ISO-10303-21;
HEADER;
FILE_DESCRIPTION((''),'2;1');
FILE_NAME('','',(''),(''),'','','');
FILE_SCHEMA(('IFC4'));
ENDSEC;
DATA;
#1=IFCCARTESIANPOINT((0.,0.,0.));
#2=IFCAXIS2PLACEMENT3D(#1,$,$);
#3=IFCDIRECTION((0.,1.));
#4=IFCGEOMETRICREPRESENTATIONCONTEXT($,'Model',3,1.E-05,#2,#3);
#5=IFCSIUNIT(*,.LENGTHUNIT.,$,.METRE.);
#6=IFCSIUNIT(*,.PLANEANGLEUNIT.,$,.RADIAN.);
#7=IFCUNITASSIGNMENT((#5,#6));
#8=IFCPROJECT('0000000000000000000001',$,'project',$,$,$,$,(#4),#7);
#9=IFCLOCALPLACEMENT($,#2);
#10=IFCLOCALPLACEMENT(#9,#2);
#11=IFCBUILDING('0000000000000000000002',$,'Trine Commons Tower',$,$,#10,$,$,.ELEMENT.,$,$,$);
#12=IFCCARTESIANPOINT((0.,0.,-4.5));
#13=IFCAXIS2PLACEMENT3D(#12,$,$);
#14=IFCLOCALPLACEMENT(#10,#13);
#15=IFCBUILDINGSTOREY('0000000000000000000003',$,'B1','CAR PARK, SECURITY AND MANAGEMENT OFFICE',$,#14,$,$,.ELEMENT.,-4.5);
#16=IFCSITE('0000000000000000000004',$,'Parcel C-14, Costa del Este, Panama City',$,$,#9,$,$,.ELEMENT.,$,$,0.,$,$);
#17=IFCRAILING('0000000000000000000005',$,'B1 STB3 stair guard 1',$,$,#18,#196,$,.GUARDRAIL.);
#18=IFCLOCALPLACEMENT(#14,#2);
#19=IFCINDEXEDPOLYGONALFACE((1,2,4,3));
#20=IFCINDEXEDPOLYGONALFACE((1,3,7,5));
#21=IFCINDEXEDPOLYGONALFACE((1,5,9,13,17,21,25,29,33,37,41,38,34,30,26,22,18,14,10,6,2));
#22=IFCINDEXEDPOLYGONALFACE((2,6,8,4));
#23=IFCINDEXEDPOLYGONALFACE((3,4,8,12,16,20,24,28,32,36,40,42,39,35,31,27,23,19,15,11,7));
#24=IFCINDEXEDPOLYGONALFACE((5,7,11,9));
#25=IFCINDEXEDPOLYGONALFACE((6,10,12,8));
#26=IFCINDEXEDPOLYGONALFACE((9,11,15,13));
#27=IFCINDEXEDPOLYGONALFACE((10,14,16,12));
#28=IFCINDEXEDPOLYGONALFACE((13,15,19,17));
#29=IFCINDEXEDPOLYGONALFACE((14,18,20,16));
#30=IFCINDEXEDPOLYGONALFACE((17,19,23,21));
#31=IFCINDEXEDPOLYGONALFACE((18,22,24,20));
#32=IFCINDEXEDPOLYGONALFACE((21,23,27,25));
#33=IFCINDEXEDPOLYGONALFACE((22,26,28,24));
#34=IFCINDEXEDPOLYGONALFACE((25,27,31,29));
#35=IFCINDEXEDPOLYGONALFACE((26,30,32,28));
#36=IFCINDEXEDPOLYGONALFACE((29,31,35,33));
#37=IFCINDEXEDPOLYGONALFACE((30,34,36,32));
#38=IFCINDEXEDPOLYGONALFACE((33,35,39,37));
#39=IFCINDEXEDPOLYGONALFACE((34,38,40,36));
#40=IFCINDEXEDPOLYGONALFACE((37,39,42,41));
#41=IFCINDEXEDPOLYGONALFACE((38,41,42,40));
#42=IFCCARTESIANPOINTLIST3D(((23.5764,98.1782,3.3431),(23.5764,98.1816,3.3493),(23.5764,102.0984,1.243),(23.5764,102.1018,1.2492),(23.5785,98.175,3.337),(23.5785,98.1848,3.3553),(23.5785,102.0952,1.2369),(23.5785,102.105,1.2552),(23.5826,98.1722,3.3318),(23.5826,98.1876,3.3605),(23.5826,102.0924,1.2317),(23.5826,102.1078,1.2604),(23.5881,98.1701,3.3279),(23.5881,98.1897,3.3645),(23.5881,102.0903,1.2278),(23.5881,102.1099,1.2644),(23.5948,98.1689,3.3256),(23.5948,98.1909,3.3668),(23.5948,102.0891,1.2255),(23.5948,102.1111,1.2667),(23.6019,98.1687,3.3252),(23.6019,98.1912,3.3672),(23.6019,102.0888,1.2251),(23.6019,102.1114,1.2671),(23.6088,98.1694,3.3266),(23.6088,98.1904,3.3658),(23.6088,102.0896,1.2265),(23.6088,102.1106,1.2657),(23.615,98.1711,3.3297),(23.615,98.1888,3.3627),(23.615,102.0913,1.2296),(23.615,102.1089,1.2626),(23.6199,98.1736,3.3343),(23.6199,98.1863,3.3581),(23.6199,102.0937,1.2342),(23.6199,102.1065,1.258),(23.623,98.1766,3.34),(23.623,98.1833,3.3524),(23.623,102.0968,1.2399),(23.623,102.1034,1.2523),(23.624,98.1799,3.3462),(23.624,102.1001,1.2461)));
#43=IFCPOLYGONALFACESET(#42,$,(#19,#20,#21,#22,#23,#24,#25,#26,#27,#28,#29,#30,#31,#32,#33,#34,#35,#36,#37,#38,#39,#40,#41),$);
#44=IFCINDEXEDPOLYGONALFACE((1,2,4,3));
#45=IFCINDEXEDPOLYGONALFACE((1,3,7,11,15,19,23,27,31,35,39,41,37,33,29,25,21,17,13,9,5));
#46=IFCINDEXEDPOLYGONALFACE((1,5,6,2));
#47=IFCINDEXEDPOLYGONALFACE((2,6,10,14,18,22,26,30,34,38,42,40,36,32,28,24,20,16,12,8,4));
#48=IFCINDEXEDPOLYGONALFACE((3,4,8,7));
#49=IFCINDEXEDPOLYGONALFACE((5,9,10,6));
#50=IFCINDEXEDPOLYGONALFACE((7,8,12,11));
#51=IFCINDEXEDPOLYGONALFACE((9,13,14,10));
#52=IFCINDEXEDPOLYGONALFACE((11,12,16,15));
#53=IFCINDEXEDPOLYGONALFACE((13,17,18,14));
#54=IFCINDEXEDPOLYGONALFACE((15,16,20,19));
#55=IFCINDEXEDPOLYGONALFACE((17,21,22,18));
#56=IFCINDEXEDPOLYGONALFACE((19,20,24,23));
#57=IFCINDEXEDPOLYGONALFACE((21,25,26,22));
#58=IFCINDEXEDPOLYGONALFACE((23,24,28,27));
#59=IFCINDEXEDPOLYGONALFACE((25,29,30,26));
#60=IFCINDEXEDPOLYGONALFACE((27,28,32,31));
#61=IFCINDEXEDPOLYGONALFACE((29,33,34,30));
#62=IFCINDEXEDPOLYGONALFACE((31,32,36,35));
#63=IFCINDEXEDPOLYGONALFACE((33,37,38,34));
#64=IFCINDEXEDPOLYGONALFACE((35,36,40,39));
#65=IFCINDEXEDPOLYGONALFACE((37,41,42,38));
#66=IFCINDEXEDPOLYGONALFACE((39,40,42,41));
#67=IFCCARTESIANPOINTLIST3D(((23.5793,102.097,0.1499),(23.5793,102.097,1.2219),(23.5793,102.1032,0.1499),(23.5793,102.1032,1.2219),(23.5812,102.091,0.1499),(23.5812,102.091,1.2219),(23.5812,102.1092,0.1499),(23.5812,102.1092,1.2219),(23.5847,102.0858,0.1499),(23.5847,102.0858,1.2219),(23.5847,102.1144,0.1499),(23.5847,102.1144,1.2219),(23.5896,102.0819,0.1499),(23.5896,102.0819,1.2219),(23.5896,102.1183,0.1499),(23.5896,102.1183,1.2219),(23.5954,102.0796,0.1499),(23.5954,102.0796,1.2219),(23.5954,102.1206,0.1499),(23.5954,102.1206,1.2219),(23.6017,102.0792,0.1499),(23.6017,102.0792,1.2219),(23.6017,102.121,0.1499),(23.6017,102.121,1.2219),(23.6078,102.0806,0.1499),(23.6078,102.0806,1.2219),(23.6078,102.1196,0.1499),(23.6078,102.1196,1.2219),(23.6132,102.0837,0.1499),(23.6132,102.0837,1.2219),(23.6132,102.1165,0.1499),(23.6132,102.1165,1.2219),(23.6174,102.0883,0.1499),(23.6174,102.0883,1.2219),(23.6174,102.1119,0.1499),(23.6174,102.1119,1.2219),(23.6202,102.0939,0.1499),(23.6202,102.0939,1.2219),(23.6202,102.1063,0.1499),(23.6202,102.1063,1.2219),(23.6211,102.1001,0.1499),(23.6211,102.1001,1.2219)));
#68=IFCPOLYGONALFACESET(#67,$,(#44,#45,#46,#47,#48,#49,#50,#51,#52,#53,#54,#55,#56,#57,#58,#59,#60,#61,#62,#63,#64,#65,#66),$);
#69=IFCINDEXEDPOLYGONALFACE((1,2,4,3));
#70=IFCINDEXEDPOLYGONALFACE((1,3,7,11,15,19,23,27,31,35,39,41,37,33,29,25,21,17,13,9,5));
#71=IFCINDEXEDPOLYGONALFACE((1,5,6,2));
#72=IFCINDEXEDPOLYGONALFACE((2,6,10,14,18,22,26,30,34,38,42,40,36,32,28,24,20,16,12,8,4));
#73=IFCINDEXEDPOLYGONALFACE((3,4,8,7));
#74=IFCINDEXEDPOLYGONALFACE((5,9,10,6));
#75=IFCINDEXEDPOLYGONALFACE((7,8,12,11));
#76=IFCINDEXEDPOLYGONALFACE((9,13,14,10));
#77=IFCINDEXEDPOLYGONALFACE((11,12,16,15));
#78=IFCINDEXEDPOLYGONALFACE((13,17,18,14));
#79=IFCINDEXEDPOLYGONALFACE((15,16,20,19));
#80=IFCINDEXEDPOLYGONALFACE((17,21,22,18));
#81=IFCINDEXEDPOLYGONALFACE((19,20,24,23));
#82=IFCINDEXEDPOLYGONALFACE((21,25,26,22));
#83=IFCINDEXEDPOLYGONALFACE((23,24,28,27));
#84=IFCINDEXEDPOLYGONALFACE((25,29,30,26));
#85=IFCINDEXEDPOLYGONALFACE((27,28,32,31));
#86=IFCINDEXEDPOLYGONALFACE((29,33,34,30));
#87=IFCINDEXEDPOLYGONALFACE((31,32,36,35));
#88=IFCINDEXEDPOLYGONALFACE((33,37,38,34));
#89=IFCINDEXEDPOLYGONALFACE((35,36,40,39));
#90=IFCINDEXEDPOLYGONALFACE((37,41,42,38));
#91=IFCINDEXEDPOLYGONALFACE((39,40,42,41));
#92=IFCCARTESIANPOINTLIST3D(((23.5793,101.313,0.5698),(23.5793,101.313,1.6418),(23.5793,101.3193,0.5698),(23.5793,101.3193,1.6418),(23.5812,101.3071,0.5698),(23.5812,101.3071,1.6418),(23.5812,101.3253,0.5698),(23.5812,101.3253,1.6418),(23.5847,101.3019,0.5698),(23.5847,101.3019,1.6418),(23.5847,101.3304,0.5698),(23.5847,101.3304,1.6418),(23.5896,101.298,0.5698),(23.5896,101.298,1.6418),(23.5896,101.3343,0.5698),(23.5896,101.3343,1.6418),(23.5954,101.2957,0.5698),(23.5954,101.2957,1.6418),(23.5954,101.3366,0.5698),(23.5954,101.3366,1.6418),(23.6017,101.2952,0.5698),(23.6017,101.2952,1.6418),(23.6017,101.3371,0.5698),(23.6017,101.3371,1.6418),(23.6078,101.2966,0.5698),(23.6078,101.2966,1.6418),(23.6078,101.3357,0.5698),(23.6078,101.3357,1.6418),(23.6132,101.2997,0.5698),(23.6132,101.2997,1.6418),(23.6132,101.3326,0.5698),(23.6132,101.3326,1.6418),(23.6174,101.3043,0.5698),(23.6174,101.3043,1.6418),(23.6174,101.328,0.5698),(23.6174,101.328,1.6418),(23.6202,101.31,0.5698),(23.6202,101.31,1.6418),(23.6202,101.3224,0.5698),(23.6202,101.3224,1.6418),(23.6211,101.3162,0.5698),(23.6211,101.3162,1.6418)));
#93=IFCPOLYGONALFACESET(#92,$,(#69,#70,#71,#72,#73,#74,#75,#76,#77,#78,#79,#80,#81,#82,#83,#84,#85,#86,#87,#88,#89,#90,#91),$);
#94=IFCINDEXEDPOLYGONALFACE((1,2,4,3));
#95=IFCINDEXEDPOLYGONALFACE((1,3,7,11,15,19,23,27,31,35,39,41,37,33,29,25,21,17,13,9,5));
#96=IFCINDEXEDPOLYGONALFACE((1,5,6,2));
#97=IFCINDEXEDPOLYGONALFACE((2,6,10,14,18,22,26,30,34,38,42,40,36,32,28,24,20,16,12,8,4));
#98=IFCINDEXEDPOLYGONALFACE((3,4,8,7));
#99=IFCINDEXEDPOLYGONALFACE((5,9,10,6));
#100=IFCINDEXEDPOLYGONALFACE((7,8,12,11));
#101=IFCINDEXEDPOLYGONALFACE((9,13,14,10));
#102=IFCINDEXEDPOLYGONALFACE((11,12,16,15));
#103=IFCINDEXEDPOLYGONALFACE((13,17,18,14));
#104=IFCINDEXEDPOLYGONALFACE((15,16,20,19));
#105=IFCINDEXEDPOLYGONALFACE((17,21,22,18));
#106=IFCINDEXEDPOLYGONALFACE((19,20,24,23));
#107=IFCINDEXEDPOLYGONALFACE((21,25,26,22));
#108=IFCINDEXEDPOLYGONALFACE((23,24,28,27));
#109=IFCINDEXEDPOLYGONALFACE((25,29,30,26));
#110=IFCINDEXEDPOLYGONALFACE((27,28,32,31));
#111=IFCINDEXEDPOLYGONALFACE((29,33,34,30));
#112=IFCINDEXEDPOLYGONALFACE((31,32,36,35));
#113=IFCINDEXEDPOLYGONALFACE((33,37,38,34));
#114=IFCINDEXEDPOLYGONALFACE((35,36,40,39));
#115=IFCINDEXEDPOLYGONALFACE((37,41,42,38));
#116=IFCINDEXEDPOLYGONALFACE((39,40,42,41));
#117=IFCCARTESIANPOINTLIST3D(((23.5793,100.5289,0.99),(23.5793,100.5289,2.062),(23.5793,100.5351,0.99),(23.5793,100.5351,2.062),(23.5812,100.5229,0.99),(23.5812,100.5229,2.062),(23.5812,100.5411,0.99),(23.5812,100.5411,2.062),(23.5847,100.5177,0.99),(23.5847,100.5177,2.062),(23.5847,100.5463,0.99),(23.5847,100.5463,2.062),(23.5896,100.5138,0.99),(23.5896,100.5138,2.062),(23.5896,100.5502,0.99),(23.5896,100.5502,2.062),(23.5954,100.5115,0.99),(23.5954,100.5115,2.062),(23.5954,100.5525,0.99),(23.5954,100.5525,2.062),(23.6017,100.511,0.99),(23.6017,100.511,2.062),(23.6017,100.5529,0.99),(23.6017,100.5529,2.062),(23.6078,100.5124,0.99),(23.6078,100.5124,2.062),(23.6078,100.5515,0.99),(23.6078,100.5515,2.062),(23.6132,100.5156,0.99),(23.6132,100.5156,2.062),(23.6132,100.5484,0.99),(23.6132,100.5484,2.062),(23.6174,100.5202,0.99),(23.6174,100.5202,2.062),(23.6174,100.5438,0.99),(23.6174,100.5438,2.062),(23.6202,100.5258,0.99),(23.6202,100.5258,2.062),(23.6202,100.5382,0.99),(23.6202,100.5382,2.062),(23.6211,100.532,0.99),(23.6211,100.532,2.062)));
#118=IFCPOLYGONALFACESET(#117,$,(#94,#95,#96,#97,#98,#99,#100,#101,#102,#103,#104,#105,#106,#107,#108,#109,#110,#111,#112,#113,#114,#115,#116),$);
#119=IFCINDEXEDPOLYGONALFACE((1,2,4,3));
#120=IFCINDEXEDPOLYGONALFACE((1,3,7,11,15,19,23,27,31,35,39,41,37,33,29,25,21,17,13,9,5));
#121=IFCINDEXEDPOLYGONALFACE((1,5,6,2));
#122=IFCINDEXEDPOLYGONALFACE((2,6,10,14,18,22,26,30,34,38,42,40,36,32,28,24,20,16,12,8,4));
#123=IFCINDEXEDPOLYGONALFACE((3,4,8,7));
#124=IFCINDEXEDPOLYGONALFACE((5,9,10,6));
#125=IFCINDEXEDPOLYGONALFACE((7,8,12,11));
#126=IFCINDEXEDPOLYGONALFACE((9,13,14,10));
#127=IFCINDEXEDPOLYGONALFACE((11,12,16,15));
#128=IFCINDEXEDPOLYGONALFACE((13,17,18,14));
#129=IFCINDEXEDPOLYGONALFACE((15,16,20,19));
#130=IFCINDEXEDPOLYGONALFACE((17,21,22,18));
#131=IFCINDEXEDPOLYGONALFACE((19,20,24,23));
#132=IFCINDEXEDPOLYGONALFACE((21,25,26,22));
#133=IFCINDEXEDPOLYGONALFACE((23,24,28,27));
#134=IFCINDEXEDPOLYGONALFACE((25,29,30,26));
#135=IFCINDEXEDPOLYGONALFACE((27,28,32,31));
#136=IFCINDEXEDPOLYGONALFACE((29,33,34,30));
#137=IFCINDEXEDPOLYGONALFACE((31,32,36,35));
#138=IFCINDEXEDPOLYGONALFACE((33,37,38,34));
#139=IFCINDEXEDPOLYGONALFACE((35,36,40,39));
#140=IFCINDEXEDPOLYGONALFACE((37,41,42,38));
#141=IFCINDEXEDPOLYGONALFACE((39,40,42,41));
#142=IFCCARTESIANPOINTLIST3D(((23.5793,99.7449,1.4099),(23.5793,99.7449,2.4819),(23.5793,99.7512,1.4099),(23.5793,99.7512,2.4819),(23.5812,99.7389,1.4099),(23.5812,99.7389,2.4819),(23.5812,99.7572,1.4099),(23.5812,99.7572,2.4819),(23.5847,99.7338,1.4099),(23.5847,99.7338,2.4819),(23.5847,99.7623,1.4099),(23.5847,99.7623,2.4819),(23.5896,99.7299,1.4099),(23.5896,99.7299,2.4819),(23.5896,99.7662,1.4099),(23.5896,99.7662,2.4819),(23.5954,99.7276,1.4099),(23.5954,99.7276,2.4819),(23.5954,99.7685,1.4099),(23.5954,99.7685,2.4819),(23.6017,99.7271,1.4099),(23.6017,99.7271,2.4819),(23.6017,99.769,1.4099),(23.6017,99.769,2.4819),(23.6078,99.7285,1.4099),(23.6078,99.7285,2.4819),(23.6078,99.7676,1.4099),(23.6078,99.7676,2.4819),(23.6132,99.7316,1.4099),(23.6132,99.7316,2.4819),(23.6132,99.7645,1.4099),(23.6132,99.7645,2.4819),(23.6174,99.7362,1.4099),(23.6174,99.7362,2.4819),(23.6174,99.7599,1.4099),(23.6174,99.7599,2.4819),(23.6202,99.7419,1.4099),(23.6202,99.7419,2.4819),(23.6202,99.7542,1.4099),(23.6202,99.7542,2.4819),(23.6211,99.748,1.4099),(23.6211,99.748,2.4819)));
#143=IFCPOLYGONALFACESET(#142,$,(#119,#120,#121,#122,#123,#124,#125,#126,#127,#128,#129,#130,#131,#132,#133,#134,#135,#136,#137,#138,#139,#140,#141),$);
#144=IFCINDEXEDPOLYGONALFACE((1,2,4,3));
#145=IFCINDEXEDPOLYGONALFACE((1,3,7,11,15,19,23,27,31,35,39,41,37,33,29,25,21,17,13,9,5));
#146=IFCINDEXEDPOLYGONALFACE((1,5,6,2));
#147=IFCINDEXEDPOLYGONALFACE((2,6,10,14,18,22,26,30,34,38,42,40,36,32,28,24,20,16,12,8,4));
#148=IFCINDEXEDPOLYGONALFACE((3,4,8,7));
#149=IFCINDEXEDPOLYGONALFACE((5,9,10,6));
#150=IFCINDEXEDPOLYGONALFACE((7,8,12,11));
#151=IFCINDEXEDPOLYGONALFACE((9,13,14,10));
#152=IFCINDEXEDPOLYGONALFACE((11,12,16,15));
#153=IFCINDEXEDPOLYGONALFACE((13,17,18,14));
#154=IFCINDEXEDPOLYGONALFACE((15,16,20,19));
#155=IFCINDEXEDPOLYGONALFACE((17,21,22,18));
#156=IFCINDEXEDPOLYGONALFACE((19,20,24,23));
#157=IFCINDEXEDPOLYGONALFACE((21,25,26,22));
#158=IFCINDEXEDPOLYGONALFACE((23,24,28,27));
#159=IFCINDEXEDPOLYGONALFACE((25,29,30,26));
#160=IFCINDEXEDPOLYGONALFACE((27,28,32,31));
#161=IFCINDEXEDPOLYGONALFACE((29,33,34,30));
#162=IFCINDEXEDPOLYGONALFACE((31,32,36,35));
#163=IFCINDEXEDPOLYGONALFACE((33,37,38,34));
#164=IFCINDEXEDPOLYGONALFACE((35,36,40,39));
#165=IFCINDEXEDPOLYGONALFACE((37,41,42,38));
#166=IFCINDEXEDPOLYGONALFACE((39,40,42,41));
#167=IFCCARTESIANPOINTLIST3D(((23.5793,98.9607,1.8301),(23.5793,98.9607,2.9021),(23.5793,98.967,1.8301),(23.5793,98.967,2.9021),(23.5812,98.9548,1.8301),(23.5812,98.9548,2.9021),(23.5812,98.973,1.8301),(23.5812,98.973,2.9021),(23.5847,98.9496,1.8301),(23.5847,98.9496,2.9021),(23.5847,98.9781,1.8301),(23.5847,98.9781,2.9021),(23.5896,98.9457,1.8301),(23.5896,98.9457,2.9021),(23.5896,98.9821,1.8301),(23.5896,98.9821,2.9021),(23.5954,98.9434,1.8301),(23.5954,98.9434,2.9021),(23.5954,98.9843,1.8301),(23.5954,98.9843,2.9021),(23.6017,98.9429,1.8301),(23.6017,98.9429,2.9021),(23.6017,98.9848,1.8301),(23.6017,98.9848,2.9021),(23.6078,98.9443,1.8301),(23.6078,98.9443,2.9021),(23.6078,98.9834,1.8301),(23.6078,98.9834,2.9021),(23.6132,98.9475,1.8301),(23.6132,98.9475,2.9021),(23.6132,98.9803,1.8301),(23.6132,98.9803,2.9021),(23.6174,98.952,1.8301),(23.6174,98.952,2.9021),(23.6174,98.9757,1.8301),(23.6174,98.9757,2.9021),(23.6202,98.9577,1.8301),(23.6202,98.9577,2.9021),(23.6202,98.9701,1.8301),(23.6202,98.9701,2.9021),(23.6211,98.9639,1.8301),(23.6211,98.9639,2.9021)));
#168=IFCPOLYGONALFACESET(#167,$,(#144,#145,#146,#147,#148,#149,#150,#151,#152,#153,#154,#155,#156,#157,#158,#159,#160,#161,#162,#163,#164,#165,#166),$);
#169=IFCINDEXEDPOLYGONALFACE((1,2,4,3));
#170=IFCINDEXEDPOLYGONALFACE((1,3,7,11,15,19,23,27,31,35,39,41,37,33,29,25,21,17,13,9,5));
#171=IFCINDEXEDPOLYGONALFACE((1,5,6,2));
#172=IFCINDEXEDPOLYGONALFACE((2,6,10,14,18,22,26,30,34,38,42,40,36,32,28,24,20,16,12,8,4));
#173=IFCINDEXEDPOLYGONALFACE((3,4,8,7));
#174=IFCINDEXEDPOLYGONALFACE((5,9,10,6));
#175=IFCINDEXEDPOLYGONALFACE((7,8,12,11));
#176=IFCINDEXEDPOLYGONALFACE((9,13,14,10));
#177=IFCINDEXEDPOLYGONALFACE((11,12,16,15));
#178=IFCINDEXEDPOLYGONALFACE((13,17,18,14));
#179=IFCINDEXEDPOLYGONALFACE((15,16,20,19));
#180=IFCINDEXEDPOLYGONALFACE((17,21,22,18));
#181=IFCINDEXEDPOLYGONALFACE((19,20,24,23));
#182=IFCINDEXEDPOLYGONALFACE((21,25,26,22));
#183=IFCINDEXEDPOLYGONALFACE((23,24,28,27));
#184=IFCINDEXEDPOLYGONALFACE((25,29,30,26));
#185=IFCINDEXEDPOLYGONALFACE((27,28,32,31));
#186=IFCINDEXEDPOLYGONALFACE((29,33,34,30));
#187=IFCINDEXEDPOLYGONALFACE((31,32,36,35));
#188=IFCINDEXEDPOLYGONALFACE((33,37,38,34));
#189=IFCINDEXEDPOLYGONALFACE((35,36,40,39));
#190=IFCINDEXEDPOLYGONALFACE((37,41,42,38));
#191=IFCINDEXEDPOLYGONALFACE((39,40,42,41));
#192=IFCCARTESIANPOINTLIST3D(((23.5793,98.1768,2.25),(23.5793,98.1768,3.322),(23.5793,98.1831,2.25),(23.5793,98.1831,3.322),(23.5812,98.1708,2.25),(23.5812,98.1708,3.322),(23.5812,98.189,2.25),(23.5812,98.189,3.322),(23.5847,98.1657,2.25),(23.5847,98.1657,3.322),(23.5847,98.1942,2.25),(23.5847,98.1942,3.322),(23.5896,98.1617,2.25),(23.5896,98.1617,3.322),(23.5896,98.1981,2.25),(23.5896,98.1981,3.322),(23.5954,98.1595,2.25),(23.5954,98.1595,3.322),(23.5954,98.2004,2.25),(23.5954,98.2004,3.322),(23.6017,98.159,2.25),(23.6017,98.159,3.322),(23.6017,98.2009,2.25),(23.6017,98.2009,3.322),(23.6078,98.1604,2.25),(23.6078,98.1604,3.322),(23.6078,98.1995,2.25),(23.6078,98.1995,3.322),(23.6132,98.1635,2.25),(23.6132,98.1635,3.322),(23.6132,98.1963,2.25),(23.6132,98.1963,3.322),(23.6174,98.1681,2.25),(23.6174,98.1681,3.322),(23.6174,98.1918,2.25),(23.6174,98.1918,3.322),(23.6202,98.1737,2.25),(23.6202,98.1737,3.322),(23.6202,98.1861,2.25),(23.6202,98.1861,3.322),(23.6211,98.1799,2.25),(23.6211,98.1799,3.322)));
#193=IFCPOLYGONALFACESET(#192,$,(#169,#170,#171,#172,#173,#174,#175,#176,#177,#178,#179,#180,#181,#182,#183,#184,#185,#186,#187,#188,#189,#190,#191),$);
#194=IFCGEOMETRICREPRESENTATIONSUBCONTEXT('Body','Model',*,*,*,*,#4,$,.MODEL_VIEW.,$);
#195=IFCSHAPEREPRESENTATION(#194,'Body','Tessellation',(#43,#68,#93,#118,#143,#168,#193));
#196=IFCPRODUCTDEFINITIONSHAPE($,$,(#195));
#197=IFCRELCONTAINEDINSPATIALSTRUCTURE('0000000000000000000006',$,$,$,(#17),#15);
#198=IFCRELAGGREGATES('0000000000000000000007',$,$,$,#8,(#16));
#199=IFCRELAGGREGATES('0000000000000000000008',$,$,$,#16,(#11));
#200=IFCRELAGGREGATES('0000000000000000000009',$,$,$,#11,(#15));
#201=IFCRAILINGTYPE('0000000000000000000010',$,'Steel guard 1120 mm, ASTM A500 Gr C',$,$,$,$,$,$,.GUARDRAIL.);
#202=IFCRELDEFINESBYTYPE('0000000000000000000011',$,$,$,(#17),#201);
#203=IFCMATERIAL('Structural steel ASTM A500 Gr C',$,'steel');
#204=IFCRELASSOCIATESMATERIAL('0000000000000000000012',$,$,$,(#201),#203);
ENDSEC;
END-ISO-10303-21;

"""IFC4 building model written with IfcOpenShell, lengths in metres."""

from ifc_helpers import new_model, si_unit, direction, frame, origin, origin_2d, place, context, subcontext, project, spatial, circle, extrude, material, type_object, element, save


model = new_model("IFC4")

# Units and contexts
model_context = context("Model", 3, precision=1e-05, world=origin(), true_north=direction((0.0, 1.0)))
body_context = subcontext(model_context, "Body", "Model", "MODEL_VIEW")
ifc_project = project(units=[si_unit("LENGTHUNIT", "METRE"), si_unit("PLANEANGLEUNIT", "RADIAN")], contexts=[model_context])

# Site, building, storey
site_placement = place(None, origin())
site = spatial("IfcSite", under=ifc_project, at=site_placement, Name="Parcel C-14, Costa del Este, Panama City", CompositionType="ELEMENT", RefElevation=0.0)
building_placement = place(site_placement, origin())
building = spatial("IfcBuilding", under=site, at=building_placement, Name="Trine Commons Tower", CompositionType="ELEMENT")
storey_placement = place(building_placement, frame((0.0, 0.0, -4.5)))
storey = spatial("IfcBuildingStorey", under=building, at=storey_placement, Name="B1", Description="CAR PARK, SECURITY AND MANAGEMENT OFFICE", CompositionType="ELEMENT", Elevation=-4.5)

# Railing
ifc_material_1 = material(Name="Structural steel ASTM A500 Gr C", Category="steel")
railing_type_1 = type_object("IfcRailingType", Name="Steel guard 1120 mm, ASTM A500 Gr C", PredefinedType="GUARDRAIL", material=ifc_material_1)
railing_1_placement = place(storey_placement, frame((23.6001, 102.1001, 0.1499)))
element("IfcRailing", 1, at=railing_1_placement, inside=storey, type_object=railing_type_1, Name="B1 STB3 stair guard 1", PredefinedType="GUARDRAIL", context=body_context, shape_type="SweptSolid", body=[
    extrude(circle(Radius=0.0239, at=origin_2d()), frame((0.0, 0.0, 1.0962), z_axis=(0.0, -0.881479, 0.472223), x_axis=(1.0, 0.0, 0.0)), (0.0, 0.0, 1.0), 4.4473),
    extrude(circle(Radius=0.021, at=origin_2d()), origin(), (0.0, 0.0, 1.0), 1.072),
    extrude(circle(Radius=0.021, at=origin_2d()), frame((0.0, -0.7839, 0.4199)), (0.0, 0.0, 1.0), 1.072),
    extrude(circle(Radius=0.021, at=origin_2d()), frame((0.0, -1.5681, 0.8401)), (0.0, 0.0, 1.0), 1.072),
    extrude(circle(Radius=0.021, at=origin_2d()), frame((0.0, -2.3521, 1.26)), (0.0, 0.0, 1.0), 1.072),
    extrude(circle(Radius=0.021, at=origin_2d()), frame((0.0, -3.1362, 1.6802)), (0.0, 0.0, 1.0), 1.072),
    extrude(circle(Radius=0.021, at=origin_2d()), frame((0.0, -3.9202, 2.1001)), (0.0, 0.0, 1.0), 1.072),
])

save(model, "model.ifc")
